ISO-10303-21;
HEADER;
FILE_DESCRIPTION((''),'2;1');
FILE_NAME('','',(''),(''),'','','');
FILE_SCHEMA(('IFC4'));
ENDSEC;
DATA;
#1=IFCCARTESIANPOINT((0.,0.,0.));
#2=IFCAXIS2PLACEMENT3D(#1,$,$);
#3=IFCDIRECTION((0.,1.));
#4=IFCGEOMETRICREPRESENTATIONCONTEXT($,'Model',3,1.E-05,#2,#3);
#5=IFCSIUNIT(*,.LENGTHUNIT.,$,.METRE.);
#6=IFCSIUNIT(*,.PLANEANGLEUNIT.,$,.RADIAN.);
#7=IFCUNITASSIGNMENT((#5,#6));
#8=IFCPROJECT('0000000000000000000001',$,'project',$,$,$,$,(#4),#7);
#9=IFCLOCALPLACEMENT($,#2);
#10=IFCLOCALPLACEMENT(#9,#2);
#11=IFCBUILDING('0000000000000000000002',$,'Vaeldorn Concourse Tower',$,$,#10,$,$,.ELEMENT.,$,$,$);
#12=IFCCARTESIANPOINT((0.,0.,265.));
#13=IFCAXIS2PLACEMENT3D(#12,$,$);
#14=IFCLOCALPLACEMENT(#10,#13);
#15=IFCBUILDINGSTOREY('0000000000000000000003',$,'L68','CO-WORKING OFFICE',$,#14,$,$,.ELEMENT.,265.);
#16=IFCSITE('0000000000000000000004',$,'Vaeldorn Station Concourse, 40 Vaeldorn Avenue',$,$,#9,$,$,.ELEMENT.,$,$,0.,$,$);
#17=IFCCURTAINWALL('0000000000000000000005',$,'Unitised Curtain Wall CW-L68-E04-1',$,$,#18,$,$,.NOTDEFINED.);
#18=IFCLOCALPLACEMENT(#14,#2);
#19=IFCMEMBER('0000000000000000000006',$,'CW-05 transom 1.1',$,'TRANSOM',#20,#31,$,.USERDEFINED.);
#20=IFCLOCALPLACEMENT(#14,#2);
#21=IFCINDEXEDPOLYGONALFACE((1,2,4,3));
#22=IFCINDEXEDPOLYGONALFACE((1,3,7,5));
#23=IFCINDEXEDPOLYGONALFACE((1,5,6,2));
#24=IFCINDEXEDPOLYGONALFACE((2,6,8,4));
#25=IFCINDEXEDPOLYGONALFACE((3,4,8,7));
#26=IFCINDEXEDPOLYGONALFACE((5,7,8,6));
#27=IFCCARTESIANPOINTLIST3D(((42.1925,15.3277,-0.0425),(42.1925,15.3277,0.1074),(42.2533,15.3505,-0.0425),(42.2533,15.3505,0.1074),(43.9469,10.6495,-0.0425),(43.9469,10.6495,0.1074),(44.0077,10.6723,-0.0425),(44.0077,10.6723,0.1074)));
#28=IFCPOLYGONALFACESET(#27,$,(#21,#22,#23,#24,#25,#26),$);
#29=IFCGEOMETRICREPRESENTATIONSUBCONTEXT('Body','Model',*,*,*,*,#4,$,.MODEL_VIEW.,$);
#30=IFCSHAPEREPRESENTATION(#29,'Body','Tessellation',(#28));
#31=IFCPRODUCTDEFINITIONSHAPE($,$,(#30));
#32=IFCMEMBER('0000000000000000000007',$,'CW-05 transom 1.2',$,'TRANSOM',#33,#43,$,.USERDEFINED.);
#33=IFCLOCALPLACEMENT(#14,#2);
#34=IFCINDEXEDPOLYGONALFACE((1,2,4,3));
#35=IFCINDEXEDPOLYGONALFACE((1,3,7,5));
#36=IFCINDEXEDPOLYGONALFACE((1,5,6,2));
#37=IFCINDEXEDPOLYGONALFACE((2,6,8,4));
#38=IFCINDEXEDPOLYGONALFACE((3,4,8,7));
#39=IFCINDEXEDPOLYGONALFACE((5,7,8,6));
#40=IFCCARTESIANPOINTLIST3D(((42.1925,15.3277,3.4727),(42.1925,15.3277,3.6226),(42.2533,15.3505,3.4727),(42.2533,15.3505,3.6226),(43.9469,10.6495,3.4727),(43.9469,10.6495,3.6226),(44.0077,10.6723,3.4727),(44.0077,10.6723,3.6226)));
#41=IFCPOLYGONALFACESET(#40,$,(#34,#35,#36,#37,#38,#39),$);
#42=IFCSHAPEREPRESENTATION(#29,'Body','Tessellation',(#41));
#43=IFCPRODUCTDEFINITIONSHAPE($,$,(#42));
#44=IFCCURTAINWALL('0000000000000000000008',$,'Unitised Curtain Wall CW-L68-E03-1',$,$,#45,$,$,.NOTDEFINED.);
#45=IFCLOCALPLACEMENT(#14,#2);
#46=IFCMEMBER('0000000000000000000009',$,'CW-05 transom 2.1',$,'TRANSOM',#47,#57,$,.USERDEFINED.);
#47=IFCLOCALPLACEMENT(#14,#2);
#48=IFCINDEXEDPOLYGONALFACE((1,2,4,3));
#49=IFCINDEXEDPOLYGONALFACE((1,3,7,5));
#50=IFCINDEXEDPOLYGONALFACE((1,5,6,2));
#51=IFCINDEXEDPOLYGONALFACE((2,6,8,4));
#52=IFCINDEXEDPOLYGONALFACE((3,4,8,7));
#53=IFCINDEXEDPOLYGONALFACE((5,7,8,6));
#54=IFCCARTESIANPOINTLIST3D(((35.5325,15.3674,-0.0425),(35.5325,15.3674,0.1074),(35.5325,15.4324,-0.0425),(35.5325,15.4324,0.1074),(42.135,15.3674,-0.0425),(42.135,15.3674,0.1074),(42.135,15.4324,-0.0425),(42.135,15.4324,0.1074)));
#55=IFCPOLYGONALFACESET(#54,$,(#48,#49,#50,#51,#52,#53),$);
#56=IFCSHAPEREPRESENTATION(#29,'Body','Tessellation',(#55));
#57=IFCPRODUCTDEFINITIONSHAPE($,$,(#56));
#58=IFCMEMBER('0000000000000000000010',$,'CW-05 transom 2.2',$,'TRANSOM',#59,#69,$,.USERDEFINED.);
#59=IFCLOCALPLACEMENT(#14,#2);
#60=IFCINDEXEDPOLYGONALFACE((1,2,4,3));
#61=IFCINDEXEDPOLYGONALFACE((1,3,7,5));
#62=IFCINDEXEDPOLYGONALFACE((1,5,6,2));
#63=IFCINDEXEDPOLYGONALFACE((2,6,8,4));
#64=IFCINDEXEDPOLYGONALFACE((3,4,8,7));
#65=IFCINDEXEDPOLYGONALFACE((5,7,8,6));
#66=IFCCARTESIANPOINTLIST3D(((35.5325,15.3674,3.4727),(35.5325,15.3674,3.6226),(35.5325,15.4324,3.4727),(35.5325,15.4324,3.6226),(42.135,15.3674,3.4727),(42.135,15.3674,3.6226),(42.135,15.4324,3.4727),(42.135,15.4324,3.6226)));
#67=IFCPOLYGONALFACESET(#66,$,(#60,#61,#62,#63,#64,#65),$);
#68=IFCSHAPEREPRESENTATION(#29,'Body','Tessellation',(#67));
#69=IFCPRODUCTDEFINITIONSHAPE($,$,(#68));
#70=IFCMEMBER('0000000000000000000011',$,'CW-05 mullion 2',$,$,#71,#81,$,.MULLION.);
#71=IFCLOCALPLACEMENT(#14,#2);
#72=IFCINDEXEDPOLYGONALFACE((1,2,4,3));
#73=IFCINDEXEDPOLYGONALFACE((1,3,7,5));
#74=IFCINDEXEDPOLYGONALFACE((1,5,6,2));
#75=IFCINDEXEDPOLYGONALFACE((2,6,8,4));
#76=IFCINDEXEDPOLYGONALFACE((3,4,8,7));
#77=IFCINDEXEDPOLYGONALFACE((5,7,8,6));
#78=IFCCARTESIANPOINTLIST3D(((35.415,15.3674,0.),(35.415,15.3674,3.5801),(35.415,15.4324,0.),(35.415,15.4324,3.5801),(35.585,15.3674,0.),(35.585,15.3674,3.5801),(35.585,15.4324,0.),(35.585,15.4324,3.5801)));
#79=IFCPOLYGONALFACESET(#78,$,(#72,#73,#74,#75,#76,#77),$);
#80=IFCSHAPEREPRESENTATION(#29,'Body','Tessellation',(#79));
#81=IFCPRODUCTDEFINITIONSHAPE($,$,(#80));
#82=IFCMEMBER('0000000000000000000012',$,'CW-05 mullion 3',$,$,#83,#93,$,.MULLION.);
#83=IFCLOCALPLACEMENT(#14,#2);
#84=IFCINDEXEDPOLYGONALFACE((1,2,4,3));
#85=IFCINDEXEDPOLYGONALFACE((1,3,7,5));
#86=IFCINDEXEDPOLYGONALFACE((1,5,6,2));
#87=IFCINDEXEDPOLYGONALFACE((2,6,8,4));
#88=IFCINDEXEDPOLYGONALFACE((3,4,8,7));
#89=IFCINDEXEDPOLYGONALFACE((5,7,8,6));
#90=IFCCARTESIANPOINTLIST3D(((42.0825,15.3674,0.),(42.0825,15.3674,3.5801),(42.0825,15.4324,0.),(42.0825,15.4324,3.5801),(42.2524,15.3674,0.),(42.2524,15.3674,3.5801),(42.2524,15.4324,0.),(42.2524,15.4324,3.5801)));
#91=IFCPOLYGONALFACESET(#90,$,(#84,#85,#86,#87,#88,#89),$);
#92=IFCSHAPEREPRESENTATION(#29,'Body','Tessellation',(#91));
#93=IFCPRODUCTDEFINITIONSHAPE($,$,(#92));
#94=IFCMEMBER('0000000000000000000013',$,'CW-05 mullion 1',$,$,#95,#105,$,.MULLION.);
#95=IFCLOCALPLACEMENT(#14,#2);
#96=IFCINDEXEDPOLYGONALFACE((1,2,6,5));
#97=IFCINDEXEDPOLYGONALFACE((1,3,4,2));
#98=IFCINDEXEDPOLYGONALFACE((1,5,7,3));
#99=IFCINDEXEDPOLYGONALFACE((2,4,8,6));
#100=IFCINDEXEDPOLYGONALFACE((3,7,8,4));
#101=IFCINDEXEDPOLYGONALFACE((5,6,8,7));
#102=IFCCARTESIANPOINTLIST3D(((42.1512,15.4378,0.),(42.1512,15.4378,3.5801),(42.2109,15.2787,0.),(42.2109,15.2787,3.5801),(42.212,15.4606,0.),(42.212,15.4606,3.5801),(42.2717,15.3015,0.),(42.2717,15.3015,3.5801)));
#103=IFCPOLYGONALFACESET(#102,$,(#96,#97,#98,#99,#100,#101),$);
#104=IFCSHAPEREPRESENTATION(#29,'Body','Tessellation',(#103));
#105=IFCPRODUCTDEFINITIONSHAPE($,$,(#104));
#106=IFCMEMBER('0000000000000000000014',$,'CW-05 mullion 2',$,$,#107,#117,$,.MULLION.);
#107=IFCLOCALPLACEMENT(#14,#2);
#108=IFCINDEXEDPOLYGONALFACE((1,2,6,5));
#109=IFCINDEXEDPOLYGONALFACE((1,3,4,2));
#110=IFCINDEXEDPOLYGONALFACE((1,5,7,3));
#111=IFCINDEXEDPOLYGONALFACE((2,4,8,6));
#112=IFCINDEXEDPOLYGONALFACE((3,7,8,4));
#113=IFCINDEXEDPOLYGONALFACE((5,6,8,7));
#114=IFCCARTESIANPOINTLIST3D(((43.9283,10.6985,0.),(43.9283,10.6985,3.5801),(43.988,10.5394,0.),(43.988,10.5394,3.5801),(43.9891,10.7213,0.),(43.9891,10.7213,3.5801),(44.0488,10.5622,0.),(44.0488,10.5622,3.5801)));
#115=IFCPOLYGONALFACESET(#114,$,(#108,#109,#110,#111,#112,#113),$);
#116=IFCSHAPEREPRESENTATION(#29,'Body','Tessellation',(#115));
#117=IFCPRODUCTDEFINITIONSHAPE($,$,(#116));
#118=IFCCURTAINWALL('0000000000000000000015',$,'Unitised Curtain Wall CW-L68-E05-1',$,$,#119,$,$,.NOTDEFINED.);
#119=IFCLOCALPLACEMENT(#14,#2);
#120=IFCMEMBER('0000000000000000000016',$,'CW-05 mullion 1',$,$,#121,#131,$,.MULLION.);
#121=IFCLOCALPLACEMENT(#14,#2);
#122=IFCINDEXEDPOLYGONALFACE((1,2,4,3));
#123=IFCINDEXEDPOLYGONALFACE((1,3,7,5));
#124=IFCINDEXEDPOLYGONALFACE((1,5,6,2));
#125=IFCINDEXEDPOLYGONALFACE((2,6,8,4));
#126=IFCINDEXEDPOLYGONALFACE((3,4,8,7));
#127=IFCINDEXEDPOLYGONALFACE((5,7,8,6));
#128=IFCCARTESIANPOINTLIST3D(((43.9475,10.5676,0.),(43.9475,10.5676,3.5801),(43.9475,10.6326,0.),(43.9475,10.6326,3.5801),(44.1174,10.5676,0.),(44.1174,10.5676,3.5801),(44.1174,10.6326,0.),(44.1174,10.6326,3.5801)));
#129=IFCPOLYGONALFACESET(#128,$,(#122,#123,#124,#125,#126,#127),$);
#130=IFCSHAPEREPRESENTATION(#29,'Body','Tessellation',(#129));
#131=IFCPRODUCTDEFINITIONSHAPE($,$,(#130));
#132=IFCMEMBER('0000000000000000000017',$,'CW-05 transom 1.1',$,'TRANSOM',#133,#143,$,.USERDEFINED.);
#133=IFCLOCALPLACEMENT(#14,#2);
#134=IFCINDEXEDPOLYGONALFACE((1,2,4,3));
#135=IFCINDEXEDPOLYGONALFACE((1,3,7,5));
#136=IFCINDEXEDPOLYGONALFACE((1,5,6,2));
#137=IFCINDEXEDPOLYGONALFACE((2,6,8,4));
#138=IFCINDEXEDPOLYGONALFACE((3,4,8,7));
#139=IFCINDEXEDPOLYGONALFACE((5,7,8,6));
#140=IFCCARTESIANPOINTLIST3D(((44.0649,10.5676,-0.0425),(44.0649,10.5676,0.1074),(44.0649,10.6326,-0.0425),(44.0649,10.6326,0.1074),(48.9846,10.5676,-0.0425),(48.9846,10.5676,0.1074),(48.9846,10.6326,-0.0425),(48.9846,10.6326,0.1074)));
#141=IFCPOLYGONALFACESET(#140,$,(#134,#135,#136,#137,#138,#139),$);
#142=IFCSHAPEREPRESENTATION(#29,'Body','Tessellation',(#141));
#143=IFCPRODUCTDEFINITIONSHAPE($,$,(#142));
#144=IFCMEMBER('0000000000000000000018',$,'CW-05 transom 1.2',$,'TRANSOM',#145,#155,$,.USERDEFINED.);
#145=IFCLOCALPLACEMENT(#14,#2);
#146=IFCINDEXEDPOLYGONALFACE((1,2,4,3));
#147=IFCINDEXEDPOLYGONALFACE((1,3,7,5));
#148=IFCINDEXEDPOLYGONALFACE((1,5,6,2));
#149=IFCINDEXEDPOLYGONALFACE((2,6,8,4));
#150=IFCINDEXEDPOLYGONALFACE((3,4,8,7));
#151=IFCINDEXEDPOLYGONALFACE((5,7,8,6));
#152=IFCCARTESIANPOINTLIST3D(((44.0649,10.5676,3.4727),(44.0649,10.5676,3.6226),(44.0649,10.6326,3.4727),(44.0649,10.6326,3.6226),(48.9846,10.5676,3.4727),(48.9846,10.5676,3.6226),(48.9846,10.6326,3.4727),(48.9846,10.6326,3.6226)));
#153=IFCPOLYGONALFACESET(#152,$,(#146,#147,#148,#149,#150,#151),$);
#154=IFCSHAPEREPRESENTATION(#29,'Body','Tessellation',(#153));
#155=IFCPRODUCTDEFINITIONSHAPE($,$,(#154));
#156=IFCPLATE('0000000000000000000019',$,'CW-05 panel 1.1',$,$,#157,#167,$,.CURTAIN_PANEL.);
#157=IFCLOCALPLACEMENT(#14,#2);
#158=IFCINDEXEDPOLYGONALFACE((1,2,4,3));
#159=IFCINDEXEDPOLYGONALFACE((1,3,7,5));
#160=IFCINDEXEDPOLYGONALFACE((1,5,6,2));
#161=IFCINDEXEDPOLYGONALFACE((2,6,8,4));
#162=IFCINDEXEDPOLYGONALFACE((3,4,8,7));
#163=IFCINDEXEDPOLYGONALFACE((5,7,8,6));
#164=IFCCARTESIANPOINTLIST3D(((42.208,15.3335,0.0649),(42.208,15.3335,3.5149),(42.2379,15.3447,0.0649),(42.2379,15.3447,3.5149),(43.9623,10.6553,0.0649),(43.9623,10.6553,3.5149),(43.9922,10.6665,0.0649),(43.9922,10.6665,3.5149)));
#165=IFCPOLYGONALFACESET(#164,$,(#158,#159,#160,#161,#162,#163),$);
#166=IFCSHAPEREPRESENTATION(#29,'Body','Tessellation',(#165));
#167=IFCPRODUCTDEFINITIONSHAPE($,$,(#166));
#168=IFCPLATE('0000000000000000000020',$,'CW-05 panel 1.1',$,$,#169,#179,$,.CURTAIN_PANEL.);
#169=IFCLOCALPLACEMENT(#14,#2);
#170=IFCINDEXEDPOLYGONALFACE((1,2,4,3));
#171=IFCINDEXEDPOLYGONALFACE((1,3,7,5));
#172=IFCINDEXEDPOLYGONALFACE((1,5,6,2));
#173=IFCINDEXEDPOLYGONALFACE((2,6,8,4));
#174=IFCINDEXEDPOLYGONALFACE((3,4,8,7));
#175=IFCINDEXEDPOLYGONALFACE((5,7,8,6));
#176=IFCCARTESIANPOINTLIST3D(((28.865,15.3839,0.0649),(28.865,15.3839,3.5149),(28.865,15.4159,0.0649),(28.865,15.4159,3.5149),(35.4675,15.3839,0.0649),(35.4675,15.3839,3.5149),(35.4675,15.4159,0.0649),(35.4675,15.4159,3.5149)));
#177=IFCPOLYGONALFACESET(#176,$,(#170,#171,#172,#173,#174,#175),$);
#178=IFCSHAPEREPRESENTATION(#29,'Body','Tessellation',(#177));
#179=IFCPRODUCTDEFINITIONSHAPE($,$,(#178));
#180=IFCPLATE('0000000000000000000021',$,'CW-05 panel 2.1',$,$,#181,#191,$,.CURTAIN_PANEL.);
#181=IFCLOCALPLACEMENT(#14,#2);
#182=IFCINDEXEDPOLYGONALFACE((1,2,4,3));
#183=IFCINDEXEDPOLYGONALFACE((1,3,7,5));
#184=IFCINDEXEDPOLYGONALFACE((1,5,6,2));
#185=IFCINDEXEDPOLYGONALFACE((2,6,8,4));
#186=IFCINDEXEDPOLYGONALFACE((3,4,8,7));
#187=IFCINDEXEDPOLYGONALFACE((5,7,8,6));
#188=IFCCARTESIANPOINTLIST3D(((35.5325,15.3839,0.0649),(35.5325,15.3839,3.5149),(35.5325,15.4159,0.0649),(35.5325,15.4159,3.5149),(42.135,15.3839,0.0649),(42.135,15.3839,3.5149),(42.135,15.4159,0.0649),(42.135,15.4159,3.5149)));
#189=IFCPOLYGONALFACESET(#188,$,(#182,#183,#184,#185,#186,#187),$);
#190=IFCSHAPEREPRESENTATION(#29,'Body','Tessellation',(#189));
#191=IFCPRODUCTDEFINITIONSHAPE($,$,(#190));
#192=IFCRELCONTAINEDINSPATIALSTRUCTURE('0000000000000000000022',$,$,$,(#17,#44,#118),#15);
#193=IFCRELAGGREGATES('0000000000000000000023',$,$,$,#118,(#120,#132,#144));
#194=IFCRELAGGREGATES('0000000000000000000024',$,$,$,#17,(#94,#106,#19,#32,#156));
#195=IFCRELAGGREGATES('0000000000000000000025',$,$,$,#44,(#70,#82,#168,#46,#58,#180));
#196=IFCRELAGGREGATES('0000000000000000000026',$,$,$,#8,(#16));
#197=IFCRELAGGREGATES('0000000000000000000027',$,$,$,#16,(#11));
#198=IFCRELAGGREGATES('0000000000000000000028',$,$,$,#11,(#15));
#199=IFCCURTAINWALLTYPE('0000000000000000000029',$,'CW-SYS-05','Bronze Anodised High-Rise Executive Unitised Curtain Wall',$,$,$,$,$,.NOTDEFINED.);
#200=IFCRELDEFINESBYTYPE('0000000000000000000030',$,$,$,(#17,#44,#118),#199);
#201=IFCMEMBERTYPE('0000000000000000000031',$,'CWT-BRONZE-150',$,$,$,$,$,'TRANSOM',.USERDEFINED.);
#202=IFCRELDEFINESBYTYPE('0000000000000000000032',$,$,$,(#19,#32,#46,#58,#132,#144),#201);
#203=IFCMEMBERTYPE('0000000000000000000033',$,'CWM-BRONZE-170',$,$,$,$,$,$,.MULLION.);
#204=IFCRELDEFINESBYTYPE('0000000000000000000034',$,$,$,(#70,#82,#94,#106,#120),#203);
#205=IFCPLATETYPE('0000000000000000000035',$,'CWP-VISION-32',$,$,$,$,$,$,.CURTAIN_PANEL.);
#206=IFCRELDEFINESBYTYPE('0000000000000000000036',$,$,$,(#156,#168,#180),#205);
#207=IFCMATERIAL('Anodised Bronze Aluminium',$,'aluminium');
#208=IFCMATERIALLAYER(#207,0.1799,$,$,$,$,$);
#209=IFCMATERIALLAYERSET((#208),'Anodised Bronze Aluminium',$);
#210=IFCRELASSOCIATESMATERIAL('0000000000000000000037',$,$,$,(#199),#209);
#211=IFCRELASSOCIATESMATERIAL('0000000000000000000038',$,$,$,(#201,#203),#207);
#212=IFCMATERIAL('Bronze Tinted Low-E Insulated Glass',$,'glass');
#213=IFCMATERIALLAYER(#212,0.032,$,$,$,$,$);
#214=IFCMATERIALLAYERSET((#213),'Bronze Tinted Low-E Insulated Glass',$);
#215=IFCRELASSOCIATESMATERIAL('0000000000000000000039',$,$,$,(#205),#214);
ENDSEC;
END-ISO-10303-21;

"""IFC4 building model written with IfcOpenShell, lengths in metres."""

from ifc_helpers import new_model, si_unit, direction, frame, origin, origin_2d, place, context, subcontext, project, spatial, rectangle, extrude, source, transform, mapped, material, layer, layer_set, material_profile, profile_set, type_object, element, aggregate, save


model = new_model("IFC4")

# Units and contexts
model_context = context("Model", 3, precision=1e-05, world=origin(), true_north=direction((0.0, 1.0)))
body_context = subcontext(model_context, "Body", "Model", "MODEL_VIEW")
ifc_project = project(units=[si_unit("LENGTHUNIT", "METRE"), si_unit("PLANEANGLEUNIT", "RADIAN")], contexts=[model_context])

# Site, building, storey
site_placement = place(None, origin())
site = spatial("IfcSite", under=ifc_project, at=site_placement, Name="Vaeldorn Station Concourse, 40 Vaeldorn Avenue", CompositionType="ELEMENT", RefElevation=0.0)
building_placement = place(site_placement, origin())
building = spatial("IfcBuilding", under=site, at=building_placement, Name="Vaeldorn Concourse Tower", CompositionType="ELEMENT")
storey_placement = place(building_placement, frame((0.0, 0.0, 265.0)))
storey = spatial("IfcBuildingStorey", under=building, at=storey_placement, Name="L68", Description="CO-WORKING OFFICE", CompositionType="ELEMENT", Elevation=265.0)

# Curtain walls, members
ifc_material_1 = material(Name="Anodised Bronze Aluminium", Category="aluminium")
ifc_layer_1 = layer(ifc_material_1, 0.1799)
ifc_layer_set_1 = layer_set([ifc_layer_1], Name="Anodised Bronze Aluminium")
curtain_wall_type = type_object("IfcCurtainWallType", Name="CW-SYS-05", Description="Bronze Anodised High-Rise Executive Unitised Curtain Wall", PredefinedType="NOTDEFINED", material=ifc_layer_set_1)
curtain_wall_1_placement = place(storey_placement, origin())
curtain_wall_1 = element("IfcCurtainWall", 1, at=curtain_wall_1_placement, inside=storey, type_object=curtain_wall_type, Name="Unitised Curtain Wall CW-L68-E04-1", PredefinedType="NOTDEFINED")
ifc_material_profile_1 = material_profile(ifc_material_1, rectangle(XDim=0.0649, YDim=0.1499, at=origin_2d()), Name="CWT 65x150")
ifc_profile_set_1 = profile_set([ifc_material_profile_1], Name="Anodised Bronze Aluminium")
member_type_1 = type_object("IfcMemberType", Name="CWT-BRONZE-150", ElementType="TRANSOM", PredefinedType="USERDEFINED", material=ifc_profile_set_1)
shared_shape_1 = source(origin(), body_context, "Body", "SweptSolid", [
    extrude(rectangle(XDim=0.0649, YDim=0.1499, at=origin_2d()), origin(), (0.0, 0.0, 1.0), 4.9963),
])
member_1_placement = place(storey_placement, frame((42.2229, 15.3391, 0.0325), z_axis=(0.351134, -0.936325, 0.0), x_axis=(0.936325, 0.351134, 0.0)))
member_1 = element("IfcMember", 2, at=member_1_placement, type_object=member_type_1, Name="CW-05 transom 1.1", ObjectType="TRANSOM", PredefinedType="USERDEFINED", context=body_context, shape_type="MappedRepresentation", body=[
    mapped(shared_shape_1, transform((0.0, 0.0, 0.0), scale=1.0)),
])
member_2_placement = place(storey_placement, frame((42.2229, 15.3391, 3.5476), z_axis=(0.351134, -0.936325, 0.0), x_axis=(0.936325, 0.351134, 0.0)))
member_2 = element("IfcMember", 3, at=member_2_placement, type_object=member_type_1, Name="CW-05 transom 1.2", ObjectType="TRANSOM", PredefinedType="USERDEFINED", context=body_context, shape_type="MappedRepresentation", body=[
    mapped(shared_shape_1, transform((0.0, 0.0, 0.0), scale=1.0)),
])
curtain_wall_2_placement = place(storey_placement, origin())
curtain_wall_2 = element("IfcCurtainWall", 4, at=curtain_wall_2_placement, inside=storey, type_object=curtain_wall_type, Name="Unitised Curtain Wall CW-L68-E03-1", PredefinedType="NOTDEFINED")
shared_shape_2 = source(origin(), body_context, "Body", "SweptSolid", [
    extrude(rectangle(XDim=0.0649, YDim=0.1499, at=origin_2d()), origin(), (0.0, 0.0, 1.0), 6.6025),
])
member_3_placement = place(storey_placement, frame((35.5325, 15.3999, 0.0325), z_axis=(1.0, 0.0, 0.0), x_axis=(0.0, 1.0, 0.0)))
member_3 = element("IfcMember", 5, at=member_3_placement, type_object=member_type_1, Name="CW-05 transom 2.1", ObjectType="TRANSOM", PredefinedType="USERDEFINED", context=body_context, shape_type="MappedRepresentation", body=[
    mapped(shared_shape_2, transform((0.0, 0.0, 0.0), scale=1.0)),
])
member_4_placement = place(storey_placement, frame((35.5325, 15.3999, 3.5476), z_axis=(1.0, 0.0, 0.0), x_axis=(0.0, 1.0, 0.0)))
member_4 = element("IfcMember", 6, at=member_4_placement, type_object=member_type_1, Name="CW-05 transom 2.2", ObjectType="TRANSOM", PredefinedType="USERDEFINED", context=body_context, shape_type="MappedRepresentation", body=[
    mapped(shared_shape_2, transform((0.0, 0.0, 0.0), scale=1.0)),
])
ifc_material_profile_2 = material_profile(ifc_material_1, rectangle(XDim=0.0649, YDim=0.1699, at=origin_2d()), Name="CWM 65x170")
ifc_profile_set_2 = profile_set([ifc_material_profile_2], Name="Anodised Bronze Aluminium")
member_type_2 = type_object("IfcMemberType", Name="CWM-BRONZE-170", PredefinedType="MULLION", material=ifc_profile_set_2)
shared_shape_3 = source(origin(), body_context, "Body", "SweptSolid", [
    extrude(rectangle(XDim=0.0649, YDim=0.1699, at=origin_2d()), origin(), (0.0, 0.0, 1.0), 3.5801),
])
member_5_placement = place(storey_placement, frame((35.5, 15.3999, 0.0), z_axis=(0.0, 0.0, 1.0), x_axis=(0.0, 1.0, 0.0)))
member_5 = element("IfcMember", 7, at=member_5_placement, type_object=member_type_2, Name="CW-05 mullion 2", PredefinedType="MULLION", context=body_context, shape_type="MappedRepresentation", body=[
    mapped(shared_shape_3, transform((0.0, 0.0, 0.0), scale=1.0)),
])
member_6_placement = place(storey_placement, frame((42.1675, 15.3999, 0.0), z_axis=(0.0, 0.0, 1.0), x_axis=(0.0, 1.0, 0.0)))
member_6 = element("IfcMember", 8, at=member_6_placement, type_object=member_type_2, Name="CW-05 mullion 3", PredefinedType="MULLION", context=body_context, shape_type="MappedRepresentation", body=[
    mapped(shared_shape_3, transform((0.0, 0.0, 0.0), scale=1.0)),
])

# Members
member_7_placement = place(storey_placement, frame((42.2114, 15.3696, 0.0), z_axis=(0.0, 0.0, 1.0), x_axis=(0.936329, 0.351123, 0.0)))
member_7 = element("IfcMember", 9, at=member_7_placement, type_object=member_type_2, Name="CW-05 mullion 1", PredefinedType="MULLION", context=body_context, shape_type="MappedRepresentation", body=[
    mapped(shared_shape_3, transform((0.0, 0.0, 0.0), scale=1.0)),
])
member_8_placement = place(storey_placement, frame((43.9885, 10.6304, 0.0), z_axis=(0.0, 0.0, 1.0), x_axis=(0.936329, 0.351123, 0.0)))
member_8 = element("IfcMember", 10, at=member_8_placement, type_object=member_type_2, Name="CW-05 mullion 2", PredefinedType="MULLION", context=body_context, shape_type="MappedRepresentation", body=[
    mapped(shared_shape_3, transform((0.0, 0.0, 0.0), scale=1.0)),
])

# Curtain wall, members
curtain_wall_3_placement = place(storey_placement, origin())
curtain_wall_3 = element("IfcCurtainWall", 11, at=curtain_wall_3_placement, inside=storey, type_object=curtain_wall_type, Name="Unitised Curtain Wall CW-L68-E05-1", PredefinedType="NOTDEFINED")
member_9_placement = place(storey_placement, frame((44.0325, 10.6001, 0.0), z_axis=(0.0, 0.0, 1.0), x_axis=(0.0, 1.0, 0.0)))
member_9 = element("IfcMember", 12, at=member_9_placement, type_object=member_type_2, Name="CW-05 mullion 1", PredefinedType="MULLION", context=body_context, shape_type="MappedRepresentation", body=[
    mapped(shared_shape_3, transform((0.0, 0.0, 0.0), scale=1.0)),
])
shared_shape_4 = source(origin(), body_context, "Body", "SweptSolid", [
    extrude(rectangle(XDim=0.0649, YDim=0.1499, at=origin_2d()), origin(), (0.0, 0.0, 1.0), 4.9197),
])
member_10_placement = place(storey_placement, frame((44.0649, 10.6001, 0.0325), z_axis=(1.0, 0.0, 0.0), x_axis=(0.0, 1.0, 0.0)))
member_10 = element("IfcMember", 13, at=member_10_placement, type_object=member_type_1, Name="CW-05 transom 1.1", ObjectType="TRANSOM", PredefinedType="USERDEFINED", context=body_context, shape_type="MappedRepresentation", body=[
    mapped(shared_shape_4, transform((0.0, 0.0, 0.0), scale=1.0)),
])
member_11_placement = place(storey_placement, frame((44.0649, 10.6001, 3.5476), z_axis=(1.0, 0.0, 0.0), x_axis=(0.0, 1.0, 0.0)))
member_11 = element("IfcMember", 14, at=member_11_placement, type_object=member_type_1, Name="CW-05 transom 1.2", ObjectType="TRANSOM", PredefinedType="USERDEFINED", context=body_context, shape_type="MappedRepresentation", body=[
    mapped(shared_shape_4, transform((0.0, 0.0, 0.0), scale=1.0)),
])
aggregate(curtain_wall_3, [member_9, member_10, member_11])

# Plates
ifc_material_2 = material(Name="Bronze Tinted Low-E Insulated Glass", Category="glass")
ifc_layer_2 = layer(ifc_material_2, 0.032)
ifc_layer_set_2 = layer_set([ifc_layer_2], Name="Bronze Tinted Low-E Insulated Glass")
plate_type = type_object("IfcPlateType", Name="CWP-VISION-32", PredefinedType="CURTAIN_PANEL", material=ifc_layer_set_2)
shared_shape_5 = source(origin(), body_context, "Body", "SweptSolid", [
    extrude(rectangle(XDim=4.9963, YDim=0.032, at=origin_2d()), origin(), (0.0, 0.0, 1.0), 3.45),
])
plate_1_placement = place(storey_placement, frame((43.1001, 13.0, 0.0649), z_axis=(0.0, 0.0, 1.0), x_axis=(0.351123, -0.936329, 0.0)))
plate_1 = element("IfcPlate", 15, at=plate_1_placement, type_object=plate_type, Name="CW-05 panel 1.1", PredefinedType="CURTAIN_PANEL", context=body_context, shape_type="MappedRepresentation", body=[
    mapped(shared_shape_5, transform((0.0, 0.0, 0.0), scale=1.0)),
])
aggregate(curtain_wall_1, [member_7, member_8, member_1, member_2, plate_1])
shared_shape_6 = source(origin(), body_context, "Body", "SweptSolid", [
    extrude(rectangle(XDim=6.6025, YDim=0.032, at=origin_2d()), origin(), (0.0, 0.0, 1.0), 3.45),
])
plate_2_placement = place(storey_placement, frame((32.1663, 15.3999, 0.0649), z_axis=(0.0, 0.0, 1.0), x_axis=(1.0, 0.0, 0.0)))
plate_2 = element("IfcPlate", 16, at=plate_2_placement, type_object=plate_type, Name="CW-05 panel 1.1", PredefinedType="CURTAIN_PANEL", context=body_context, shape_type="MappedRepresentation", body=[
    mapped(shared_shape_6, transform((0.0, 0.0, 0.0), scale=1.0)),
])
plate_3_placement = place(storey_placement, frame((38.8337, 15.3999, 0.0649), z_axis=(0.0, 0.0, 1.0), x_axis=(1.0, 0.0, 0.0)))
plate_3 = element("IfcPlate", 17, at=plate_3_placement, type_object=plate_type, Name="CW-05 panel 2.1", PredefinedType="CURTAIN_PANEL", context=body_context, shape_type="MappedRepresentation", body=[
    mapped(shared_shape_6, transform((0.0, 0.0, 0.0), scale=1.0)),
])
aggregate(curtain_wall_2, [member_5, member_6, plate_2, member_3, member_4, plate_3])

save(model, "model.ifc")
